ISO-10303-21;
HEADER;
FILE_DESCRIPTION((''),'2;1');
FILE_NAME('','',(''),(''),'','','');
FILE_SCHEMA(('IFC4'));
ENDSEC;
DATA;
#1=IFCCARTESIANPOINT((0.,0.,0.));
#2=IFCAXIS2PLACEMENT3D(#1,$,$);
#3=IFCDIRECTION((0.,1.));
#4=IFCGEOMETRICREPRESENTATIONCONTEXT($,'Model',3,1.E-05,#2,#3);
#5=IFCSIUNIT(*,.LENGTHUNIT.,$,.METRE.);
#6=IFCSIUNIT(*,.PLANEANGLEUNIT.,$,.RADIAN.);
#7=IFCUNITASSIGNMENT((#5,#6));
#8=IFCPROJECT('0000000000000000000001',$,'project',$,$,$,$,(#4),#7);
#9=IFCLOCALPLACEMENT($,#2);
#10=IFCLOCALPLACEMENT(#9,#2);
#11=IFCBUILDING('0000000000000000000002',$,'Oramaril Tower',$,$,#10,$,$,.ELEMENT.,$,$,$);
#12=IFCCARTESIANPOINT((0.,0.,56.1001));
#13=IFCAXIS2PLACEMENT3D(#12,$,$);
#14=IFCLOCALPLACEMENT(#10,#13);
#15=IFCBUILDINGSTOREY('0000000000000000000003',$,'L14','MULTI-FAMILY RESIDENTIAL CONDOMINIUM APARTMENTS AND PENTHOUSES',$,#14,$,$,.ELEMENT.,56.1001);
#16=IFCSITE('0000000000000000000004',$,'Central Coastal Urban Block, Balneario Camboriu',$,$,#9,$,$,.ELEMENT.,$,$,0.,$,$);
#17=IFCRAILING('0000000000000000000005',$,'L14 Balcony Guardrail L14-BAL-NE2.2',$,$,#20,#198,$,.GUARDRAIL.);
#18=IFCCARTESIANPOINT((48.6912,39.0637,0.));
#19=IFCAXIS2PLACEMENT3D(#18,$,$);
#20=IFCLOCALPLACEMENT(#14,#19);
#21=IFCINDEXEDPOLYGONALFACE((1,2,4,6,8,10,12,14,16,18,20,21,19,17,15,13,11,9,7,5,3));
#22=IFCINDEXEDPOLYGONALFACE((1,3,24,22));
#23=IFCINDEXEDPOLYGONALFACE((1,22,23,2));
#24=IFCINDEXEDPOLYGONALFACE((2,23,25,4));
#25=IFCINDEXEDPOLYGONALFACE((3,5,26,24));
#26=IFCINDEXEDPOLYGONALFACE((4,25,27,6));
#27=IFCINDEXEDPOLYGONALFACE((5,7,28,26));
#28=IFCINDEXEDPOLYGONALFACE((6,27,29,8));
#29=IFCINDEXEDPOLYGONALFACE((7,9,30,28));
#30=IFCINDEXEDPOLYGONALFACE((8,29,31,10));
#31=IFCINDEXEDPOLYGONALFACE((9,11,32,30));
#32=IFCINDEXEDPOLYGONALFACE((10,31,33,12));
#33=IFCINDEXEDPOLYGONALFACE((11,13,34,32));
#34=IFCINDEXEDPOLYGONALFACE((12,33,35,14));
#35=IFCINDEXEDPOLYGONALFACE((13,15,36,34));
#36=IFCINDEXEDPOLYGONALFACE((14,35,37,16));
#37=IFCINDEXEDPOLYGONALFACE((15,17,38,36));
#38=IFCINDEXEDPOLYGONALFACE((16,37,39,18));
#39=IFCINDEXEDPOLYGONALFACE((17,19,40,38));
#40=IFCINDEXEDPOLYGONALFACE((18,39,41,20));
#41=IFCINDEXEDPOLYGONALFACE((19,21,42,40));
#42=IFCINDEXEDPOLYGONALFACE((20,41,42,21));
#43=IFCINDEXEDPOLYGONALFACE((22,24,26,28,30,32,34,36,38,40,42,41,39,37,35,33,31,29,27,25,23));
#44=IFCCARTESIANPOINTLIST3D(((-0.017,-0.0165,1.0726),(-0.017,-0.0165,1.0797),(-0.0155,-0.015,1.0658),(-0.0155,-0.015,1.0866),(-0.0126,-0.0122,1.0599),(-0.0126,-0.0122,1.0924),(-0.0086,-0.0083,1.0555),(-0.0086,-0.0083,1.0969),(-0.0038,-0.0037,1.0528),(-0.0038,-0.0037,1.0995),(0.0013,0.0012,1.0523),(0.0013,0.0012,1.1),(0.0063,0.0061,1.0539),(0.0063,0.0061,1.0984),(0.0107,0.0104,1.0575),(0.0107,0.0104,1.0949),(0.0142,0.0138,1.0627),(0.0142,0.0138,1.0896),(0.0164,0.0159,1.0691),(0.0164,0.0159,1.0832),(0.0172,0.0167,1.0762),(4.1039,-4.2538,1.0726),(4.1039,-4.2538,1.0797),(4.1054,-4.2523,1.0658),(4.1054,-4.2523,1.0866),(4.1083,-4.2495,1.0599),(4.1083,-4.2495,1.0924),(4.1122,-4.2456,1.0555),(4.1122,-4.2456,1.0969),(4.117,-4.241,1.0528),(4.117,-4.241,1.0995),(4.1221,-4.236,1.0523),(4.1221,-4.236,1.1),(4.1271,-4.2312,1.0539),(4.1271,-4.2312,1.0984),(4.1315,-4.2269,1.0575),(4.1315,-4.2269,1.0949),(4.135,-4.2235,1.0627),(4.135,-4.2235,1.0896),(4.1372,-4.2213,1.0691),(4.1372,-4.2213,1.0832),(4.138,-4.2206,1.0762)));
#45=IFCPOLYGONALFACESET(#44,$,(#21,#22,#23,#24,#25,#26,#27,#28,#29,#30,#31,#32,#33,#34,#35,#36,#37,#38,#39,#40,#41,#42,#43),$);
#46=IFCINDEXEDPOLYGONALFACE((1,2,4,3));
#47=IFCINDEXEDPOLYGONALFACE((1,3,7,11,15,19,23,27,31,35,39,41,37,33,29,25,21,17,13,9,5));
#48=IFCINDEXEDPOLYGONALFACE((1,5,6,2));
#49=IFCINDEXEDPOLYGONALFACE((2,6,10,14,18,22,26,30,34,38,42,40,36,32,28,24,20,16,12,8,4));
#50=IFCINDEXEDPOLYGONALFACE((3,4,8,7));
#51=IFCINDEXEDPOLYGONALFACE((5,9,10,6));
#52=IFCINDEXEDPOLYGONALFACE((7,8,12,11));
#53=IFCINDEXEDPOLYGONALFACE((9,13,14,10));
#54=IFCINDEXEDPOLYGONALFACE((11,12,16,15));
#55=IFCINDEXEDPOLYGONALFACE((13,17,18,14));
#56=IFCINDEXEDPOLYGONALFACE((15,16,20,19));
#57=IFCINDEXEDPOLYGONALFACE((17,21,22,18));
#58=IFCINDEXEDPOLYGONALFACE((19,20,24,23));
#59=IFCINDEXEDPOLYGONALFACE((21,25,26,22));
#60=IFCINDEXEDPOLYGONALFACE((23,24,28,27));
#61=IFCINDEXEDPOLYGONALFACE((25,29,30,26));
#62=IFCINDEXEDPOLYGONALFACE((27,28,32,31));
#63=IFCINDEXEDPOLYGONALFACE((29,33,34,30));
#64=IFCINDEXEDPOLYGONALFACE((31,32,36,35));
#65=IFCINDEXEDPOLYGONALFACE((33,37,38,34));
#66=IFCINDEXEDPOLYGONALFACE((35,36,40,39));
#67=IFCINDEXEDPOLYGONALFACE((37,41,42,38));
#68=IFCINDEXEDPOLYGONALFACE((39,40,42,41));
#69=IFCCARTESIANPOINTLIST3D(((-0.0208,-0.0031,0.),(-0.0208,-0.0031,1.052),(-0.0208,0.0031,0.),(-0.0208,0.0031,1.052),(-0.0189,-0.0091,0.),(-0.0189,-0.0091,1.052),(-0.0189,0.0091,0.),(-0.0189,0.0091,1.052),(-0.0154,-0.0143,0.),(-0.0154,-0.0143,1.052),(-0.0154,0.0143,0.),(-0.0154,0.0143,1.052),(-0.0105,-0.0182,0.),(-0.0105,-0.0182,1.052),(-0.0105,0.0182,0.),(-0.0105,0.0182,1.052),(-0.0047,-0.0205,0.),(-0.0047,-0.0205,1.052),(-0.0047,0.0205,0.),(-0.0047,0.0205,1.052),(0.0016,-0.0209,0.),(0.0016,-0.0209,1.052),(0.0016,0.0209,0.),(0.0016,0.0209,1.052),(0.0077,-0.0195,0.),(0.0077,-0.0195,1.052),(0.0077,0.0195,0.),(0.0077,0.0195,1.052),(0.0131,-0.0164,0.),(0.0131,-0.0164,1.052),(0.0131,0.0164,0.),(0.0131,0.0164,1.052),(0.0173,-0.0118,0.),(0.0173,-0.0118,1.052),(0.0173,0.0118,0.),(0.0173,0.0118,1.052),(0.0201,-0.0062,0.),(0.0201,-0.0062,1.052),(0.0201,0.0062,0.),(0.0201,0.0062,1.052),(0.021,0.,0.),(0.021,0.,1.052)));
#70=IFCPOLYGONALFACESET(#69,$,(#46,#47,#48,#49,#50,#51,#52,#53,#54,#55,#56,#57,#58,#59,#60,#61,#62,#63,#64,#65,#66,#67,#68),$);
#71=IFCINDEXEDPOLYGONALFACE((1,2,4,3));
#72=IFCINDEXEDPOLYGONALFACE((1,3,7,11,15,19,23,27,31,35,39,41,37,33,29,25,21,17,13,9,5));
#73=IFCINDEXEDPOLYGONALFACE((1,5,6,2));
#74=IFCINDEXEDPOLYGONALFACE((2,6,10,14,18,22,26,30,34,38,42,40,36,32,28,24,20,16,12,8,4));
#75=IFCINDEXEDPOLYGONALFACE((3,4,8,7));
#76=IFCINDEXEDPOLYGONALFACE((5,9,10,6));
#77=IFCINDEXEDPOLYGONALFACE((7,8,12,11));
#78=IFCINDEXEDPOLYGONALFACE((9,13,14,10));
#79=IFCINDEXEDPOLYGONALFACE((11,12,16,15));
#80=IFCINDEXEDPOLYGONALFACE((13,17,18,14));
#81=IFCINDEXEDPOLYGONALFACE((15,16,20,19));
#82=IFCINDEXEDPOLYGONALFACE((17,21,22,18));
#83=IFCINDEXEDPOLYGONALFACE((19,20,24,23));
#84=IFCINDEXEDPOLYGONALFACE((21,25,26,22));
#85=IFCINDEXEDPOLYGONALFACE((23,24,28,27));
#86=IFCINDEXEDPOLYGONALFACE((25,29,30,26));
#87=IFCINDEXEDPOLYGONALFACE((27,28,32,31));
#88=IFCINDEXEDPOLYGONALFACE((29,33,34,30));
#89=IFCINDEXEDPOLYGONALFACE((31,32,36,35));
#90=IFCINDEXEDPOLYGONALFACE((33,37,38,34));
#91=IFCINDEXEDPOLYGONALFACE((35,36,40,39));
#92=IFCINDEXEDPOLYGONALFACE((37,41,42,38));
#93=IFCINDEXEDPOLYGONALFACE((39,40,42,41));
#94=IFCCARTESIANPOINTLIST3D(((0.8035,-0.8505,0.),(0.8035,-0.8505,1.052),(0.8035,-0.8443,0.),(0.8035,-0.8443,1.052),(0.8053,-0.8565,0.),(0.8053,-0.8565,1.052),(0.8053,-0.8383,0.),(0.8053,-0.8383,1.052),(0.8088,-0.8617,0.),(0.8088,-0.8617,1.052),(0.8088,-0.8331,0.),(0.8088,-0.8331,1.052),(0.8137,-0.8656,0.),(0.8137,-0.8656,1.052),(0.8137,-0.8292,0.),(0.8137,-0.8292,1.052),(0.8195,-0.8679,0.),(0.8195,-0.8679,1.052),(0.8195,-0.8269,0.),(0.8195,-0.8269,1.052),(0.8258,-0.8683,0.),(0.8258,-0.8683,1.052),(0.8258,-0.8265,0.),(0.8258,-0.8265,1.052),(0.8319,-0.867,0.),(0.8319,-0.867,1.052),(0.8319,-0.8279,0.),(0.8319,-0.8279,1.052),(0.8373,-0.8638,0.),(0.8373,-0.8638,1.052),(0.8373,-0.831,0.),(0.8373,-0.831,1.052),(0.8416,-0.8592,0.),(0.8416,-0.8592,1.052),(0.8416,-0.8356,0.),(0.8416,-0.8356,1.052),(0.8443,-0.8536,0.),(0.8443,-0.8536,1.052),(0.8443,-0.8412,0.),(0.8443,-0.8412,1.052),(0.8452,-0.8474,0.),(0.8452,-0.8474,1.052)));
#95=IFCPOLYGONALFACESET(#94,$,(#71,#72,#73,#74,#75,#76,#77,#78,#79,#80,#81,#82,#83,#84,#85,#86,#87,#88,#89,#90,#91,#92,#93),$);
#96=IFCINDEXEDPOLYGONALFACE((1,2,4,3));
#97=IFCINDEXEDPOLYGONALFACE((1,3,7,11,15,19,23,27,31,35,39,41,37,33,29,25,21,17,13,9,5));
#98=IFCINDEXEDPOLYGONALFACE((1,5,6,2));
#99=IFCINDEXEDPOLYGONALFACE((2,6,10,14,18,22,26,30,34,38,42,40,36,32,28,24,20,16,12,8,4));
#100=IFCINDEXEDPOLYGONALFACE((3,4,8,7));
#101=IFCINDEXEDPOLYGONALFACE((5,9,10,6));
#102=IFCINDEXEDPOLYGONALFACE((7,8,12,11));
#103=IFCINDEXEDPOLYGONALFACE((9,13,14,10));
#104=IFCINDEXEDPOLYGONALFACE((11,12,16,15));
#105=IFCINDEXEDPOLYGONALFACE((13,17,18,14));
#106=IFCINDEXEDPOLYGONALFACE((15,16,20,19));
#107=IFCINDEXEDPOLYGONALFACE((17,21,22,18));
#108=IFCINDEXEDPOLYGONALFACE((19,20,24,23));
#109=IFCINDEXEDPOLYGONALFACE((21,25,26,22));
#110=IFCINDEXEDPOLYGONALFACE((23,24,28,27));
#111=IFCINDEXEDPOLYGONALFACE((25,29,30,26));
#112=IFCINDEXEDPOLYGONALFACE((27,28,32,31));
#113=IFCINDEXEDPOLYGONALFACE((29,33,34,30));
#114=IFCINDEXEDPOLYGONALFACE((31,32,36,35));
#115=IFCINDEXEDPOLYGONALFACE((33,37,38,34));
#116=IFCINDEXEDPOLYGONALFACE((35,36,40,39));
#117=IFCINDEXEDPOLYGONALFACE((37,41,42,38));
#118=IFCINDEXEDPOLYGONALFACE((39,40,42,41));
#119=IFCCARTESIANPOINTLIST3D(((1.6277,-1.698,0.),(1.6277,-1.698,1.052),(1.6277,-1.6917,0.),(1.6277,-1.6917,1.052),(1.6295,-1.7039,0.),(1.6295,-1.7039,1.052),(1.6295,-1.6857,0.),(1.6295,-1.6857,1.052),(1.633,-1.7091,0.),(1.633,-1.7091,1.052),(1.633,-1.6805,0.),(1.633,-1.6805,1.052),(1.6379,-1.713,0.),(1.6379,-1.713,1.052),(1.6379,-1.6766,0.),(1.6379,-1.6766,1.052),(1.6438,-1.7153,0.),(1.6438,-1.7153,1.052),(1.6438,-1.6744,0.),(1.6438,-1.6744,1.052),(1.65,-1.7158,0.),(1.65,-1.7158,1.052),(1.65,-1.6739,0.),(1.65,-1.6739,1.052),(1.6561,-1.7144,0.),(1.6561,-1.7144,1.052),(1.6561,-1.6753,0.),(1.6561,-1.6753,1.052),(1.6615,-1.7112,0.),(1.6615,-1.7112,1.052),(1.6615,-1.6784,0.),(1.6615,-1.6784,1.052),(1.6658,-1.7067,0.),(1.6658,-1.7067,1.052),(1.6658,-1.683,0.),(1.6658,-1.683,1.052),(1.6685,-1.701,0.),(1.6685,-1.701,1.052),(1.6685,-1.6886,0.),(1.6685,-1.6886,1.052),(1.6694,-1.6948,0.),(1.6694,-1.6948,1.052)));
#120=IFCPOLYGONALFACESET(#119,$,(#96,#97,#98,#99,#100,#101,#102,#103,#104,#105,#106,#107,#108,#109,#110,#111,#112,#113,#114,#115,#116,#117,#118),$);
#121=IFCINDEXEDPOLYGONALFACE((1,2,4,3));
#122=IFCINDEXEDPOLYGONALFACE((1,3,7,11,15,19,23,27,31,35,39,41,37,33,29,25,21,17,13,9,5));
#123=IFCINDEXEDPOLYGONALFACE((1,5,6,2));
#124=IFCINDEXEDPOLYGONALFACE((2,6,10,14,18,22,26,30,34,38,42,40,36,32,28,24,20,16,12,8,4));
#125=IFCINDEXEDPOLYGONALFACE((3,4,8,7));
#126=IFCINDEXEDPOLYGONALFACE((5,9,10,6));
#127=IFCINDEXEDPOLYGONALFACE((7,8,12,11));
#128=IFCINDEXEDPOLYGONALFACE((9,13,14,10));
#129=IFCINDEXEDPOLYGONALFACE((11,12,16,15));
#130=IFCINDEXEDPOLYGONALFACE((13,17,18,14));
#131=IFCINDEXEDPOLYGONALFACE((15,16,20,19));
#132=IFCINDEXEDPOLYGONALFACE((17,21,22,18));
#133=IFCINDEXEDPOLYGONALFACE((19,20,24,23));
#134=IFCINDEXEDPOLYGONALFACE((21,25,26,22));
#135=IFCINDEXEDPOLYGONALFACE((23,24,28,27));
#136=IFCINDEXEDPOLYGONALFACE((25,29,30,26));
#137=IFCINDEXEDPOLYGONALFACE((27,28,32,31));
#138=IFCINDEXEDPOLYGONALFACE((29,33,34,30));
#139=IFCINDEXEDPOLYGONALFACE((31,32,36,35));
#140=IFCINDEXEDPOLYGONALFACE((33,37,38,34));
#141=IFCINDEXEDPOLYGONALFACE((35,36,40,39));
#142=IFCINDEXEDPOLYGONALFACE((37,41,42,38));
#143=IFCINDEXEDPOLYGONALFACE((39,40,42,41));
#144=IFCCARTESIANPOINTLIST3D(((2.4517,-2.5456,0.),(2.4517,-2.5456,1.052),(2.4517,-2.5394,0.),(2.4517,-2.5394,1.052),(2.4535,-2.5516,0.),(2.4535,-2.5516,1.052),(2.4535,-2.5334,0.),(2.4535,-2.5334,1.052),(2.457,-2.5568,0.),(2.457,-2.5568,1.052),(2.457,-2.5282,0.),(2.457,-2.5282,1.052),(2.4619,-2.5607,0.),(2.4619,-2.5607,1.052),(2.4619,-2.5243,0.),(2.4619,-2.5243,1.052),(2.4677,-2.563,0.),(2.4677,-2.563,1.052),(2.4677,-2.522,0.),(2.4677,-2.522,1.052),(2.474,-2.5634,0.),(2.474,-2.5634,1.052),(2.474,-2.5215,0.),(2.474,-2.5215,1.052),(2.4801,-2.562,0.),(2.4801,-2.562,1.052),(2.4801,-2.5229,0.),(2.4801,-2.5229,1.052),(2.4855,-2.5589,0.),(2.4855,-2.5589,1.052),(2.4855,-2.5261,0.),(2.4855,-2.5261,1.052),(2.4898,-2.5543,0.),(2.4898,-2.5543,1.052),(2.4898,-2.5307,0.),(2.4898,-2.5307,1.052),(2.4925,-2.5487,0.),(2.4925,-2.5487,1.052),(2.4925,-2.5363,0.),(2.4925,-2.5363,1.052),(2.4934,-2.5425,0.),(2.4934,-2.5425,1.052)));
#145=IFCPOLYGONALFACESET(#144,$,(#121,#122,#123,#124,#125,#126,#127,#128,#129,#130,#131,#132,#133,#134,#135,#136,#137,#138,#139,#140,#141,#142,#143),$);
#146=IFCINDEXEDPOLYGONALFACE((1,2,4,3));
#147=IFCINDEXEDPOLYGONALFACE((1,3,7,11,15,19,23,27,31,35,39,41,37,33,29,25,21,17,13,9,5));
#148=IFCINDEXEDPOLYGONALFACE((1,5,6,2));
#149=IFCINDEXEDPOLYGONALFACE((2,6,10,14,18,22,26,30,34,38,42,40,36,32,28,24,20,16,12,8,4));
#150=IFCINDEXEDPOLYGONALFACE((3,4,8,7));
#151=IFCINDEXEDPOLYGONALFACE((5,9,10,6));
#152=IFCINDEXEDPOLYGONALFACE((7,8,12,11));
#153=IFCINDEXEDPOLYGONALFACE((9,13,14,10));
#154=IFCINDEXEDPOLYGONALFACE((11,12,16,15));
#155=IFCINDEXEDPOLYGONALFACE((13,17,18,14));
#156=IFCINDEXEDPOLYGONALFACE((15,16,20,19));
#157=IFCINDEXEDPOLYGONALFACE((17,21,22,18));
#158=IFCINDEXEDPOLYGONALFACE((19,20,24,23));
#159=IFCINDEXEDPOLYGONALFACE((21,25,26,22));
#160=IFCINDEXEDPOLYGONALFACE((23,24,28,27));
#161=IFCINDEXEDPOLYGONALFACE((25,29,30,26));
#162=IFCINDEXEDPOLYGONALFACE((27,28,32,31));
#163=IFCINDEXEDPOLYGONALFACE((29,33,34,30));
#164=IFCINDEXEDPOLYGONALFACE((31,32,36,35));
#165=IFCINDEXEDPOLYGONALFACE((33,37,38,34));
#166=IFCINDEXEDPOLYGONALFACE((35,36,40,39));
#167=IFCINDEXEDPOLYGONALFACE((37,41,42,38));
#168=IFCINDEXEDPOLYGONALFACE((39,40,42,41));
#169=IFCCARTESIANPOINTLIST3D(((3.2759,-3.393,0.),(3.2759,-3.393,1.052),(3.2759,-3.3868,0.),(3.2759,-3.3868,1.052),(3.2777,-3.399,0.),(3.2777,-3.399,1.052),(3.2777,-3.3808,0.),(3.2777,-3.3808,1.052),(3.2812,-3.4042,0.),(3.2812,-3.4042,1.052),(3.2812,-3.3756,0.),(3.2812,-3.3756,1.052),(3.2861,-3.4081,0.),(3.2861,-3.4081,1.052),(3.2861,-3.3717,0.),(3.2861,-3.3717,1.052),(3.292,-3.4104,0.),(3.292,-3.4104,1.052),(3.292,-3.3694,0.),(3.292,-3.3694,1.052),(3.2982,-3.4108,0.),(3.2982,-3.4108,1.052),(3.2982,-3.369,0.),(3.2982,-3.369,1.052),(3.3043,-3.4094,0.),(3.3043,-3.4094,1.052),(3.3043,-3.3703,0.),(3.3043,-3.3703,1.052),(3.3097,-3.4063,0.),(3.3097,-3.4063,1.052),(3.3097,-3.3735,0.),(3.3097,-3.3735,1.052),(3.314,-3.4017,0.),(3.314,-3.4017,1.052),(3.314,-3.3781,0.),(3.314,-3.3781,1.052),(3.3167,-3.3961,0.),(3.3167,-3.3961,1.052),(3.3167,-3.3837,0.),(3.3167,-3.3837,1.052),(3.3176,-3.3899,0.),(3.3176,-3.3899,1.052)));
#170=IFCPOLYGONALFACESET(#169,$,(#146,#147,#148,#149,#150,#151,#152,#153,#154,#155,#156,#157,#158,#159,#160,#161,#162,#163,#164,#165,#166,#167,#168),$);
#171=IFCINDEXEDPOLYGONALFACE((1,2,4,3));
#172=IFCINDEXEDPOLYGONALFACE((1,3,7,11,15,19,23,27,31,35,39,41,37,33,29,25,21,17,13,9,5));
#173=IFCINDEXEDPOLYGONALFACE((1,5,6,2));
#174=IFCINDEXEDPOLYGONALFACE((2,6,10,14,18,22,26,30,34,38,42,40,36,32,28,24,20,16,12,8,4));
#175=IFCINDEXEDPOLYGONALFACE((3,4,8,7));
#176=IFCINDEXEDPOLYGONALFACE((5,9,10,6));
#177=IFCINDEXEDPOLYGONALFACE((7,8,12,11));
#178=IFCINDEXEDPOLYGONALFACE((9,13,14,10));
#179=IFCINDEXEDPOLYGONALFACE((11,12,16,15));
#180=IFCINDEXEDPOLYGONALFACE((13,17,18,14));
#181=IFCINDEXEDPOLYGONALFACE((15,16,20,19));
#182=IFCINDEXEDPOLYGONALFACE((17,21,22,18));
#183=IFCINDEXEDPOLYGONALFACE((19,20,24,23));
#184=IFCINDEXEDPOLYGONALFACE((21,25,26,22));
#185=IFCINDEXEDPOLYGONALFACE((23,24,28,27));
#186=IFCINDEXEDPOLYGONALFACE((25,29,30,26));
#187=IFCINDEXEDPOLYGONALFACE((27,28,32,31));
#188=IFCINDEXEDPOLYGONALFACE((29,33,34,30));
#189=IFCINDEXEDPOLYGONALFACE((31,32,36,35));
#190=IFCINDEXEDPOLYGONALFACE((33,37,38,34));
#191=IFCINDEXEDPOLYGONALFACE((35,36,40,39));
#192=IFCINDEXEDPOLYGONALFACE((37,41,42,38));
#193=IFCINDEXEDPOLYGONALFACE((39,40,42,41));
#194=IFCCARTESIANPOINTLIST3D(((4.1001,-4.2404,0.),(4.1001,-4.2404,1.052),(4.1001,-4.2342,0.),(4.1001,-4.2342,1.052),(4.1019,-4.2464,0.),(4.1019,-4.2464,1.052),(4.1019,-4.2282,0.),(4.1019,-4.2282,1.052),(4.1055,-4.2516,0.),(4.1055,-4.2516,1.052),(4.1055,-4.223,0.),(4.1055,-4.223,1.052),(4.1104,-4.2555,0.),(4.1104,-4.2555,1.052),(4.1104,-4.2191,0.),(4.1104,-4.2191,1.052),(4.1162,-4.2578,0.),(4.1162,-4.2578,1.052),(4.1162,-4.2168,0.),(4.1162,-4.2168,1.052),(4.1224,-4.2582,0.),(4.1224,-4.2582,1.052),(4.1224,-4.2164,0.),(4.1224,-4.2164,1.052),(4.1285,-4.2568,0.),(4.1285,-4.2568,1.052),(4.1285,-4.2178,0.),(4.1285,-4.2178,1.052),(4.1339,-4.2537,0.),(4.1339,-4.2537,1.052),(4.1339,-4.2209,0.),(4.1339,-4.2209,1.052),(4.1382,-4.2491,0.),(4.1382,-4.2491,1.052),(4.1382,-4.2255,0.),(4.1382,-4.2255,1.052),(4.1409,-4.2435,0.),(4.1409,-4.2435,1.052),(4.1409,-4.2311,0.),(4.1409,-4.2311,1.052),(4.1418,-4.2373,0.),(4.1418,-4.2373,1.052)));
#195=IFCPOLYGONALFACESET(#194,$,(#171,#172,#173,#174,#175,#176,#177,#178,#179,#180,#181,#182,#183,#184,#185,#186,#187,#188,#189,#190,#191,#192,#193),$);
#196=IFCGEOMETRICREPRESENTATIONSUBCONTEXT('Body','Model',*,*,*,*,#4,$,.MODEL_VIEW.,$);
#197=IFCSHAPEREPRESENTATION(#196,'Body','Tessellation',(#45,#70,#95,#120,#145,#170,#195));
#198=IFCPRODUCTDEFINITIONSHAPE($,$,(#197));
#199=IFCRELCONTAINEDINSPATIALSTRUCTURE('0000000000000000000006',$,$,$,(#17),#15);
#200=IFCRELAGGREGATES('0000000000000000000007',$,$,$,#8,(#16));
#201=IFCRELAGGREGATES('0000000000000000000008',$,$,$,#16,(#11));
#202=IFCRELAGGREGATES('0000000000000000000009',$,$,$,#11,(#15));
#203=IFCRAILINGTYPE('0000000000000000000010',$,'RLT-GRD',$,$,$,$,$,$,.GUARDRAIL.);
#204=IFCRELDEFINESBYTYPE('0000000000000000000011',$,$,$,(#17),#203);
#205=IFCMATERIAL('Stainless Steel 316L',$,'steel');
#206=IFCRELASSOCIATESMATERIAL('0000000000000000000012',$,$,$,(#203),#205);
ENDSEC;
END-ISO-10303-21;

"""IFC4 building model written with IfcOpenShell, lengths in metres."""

from ifc_helpers import new_model, si_unit, direction, frame, origin, origin_2d, place, context, subcontext, project, spatial, circle, extrude, material, type_object, element, save


model = new_model("IFC4")

# Units and contexts
model_context = context("Model", 3, precision=1e-05, world=origin(), true_north=direction((0.0, 1.0)))
body_context = subcontext(model_context, "Body", "Model", "MODEL_VIEW")
ifc_project = project(units=[si_unit("LENGTHUNIT", "METRE"), si_unit("PLANEANGLEUNIT", "RADIAN")], contexts=[model_context])

# Site, building, storey
site_placement = place(None, origin())
site = spatial("IfcSite", under=ifc_project, at=site_placement, Name="Central Coastal Urban Block, Balneario Camboriu", CompositionType="ELEMENT", RefElevation=0.0)
building_placement = place(site_placement, origin())
building = spatial("IfcBuilding", under=site, at=building_placement, Name="Oramaril Tower", CompositionType="ELEMENT")
storey_placement = place(building_placement, frame((0.0, 0.0, 56.1001)))
storey = spatial("IfcBuildingStorey", under=building, at=storey_placement, Name="L14", Description="MULTI-FAMILY RESIDENTIAL CONDOMINIUM APARTMENTS AND PENTHOUSES", CompositionType="ELEMENT", Elevation=56.1001)

# Railing
ifc_material_1 = material(Name="Stainless Steel 316L", Category="steel")
railing_type = type_object("IfcRailingType", Name="RLT-GRD", PredefinedType="GUARDRAIL", material=ifc_material_1)
railing_1_placement = place(storey_placement, frame((48.6912, 39.0637, 0.0)))
element("IfcRailing", 1, at=railing_1_placement, inside=storey, type_object=railing_type, Name="L14 Balcony Guardrail L14-BAL-NE2.2", PredefinedType="GUARDRAIL", context=body_context, shape_type="SweptSolid", body=[
    extrude(circle(Radius=0.0239, at=origin_2d()), frame((0.0, 0.0, 1.0762), z_axis=(0.697187, -0.716889, 0.0), x_axis=(0.716889, 0.697187, 0.0)), (0.0, 0.0, 1.0), 5.9106),
    extrude(circle(Radius=0.021, at=origin_2d()), origin(), (0.0, 0.0, 1.0), 1.052),
    extrude(circle(Radius=0.021, at=origin_2d()), frame((0.8242, -0.8474, 0.0)), (0.0, 0.0, 1.0), 1.052),
    extrude(circle(Radius=0.021, at=origin_2d()), frame((1.6484, -1.6948, 0.0)), (0.0, 0.0, 1.0), 1.052),
    extrude(circle(Radius=0.021, at=origin_2d()), frame((2.4724, -2.5425, 0.0)), (0.0, 0.0, 1.0), 1.052),
    extrude(circle(Radius=0.021, at=origin_2d()), frame((3.2966, -3.3899, 0.0)), (0.0, 0.0, 1.0), 1.052),
    extrude(circle(Radius=0.021, at=origin_2d()), frame((4.1208, -4.2373, 0.0)), (0.0, 0.0, 1.0), 1.052),
])

save(model, "model.ifc")
